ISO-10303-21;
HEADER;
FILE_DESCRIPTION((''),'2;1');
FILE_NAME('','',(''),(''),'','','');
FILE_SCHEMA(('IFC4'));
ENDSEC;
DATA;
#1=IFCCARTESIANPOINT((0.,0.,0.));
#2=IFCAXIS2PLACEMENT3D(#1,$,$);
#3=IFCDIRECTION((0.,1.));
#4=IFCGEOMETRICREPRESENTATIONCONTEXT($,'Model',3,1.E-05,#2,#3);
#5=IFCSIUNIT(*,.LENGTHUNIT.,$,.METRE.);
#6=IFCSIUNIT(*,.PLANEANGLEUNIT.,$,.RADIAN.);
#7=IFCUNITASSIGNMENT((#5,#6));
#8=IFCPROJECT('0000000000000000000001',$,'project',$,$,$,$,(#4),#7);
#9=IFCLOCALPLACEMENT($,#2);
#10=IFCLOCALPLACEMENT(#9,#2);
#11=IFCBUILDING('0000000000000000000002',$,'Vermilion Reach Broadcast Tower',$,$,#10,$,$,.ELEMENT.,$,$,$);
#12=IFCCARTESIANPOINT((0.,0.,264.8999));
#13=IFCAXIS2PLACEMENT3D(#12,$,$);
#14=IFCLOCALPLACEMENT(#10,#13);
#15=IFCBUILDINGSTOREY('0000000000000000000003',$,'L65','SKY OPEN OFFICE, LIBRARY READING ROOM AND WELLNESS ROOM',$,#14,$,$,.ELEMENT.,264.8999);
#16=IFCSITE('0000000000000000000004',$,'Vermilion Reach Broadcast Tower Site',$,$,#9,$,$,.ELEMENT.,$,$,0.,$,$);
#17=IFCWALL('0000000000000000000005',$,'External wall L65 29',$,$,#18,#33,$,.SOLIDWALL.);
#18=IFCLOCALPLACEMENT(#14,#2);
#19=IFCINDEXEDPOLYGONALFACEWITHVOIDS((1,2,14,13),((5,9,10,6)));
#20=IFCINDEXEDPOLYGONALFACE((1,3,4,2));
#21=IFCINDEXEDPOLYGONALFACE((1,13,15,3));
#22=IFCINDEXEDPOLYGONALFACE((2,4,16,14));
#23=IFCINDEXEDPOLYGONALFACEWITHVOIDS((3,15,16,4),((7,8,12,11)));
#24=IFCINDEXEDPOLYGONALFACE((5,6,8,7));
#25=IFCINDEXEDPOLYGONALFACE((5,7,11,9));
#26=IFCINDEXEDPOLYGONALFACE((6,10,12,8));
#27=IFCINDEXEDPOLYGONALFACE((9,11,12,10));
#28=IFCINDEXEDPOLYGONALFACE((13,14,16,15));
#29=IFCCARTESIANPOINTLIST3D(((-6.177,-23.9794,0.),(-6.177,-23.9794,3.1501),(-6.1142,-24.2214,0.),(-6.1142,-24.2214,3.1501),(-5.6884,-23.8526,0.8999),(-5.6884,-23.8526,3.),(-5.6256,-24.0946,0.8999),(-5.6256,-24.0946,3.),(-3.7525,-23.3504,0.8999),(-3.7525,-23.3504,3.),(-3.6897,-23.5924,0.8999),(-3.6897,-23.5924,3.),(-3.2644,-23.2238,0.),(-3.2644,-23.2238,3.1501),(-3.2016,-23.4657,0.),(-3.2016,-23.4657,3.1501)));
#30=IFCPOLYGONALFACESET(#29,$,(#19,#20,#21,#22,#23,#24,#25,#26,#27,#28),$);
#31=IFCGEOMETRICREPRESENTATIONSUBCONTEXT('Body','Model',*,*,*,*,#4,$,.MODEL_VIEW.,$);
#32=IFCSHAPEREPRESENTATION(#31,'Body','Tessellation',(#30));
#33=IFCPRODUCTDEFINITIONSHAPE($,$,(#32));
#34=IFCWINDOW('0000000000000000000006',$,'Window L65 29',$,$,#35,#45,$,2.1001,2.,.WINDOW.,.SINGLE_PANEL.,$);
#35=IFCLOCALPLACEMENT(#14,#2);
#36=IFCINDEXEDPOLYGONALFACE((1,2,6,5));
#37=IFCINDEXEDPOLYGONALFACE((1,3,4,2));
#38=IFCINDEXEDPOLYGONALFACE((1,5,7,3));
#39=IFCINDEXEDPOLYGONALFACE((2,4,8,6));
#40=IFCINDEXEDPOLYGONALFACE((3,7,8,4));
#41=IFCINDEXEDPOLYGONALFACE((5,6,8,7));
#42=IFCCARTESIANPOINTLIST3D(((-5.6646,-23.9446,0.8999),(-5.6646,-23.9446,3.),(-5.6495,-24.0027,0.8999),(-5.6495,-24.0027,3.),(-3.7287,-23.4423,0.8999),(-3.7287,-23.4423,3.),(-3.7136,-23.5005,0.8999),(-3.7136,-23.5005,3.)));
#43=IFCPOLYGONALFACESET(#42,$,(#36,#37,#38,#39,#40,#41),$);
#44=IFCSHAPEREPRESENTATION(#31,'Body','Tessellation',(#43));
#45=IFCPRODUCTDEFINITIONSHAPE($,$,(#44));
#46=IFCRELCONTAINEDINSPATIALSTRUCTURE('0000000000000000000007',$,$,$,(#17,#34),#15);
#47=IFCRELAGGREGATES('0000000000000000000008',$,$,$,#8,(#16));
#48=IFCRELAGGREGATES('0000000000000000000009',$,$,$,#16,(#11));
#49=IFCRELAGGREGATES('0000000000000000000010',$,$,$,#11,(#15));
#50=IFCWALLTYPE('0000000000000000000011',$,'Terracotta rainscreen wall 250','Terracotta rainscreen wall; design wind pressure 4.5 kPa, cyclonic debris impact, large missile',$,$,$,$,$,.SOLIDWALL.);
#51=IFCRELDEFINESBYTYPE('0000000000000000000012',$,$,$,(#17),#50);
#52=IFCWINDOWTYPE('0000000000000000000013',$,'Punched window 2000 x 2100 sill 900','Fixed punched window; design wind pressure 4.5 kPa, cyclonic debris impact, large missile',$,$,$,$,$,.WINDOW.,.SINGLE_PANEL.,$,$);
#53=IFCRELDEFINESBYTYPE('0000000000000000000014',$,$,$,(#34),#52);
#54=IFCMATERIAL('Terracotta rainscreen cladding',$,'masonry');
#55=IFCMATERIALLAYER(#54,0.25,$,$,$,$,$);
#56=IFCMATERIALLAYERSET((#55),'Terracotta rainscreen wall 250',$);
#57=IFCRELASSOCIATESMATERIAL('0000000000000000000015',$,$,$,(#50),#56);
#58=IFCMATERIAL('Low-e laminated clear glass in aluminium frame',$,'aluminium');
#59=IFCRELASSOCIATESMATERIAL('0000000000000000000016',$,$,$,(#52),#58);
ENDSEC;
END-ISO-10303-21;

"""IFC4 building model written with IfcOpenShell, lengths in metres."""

from ifc_helpers import new_model, si_unit, direction, frame, frame_2d, origin, place, context, subcontext, project, spatial, rectangle, extrude, material, layer, layer_set, type_object, element, fill, save


model = new_model("IFC4")

# Units and contexts
model_context = context("Model", 3, precision=1e-05, world=origin(), true_north=direction((0.0, 1.0)))
body_context = subcontext(model_context, "Body", "Model", "MODEL_VIEW")
ifc_project = project(units=[si_unit("LENGTHUNIT", "METRE"), si_unit("PLANEANGLEUNIT", "RADIAN")], contexts=[model_context])

# Site, building, storey
site_placement = place(None, origin())
site = spatial("IfcSite", under=ifc_project, at=site_placement, Name="Vermilion Reach Broadcast Tower Site", CompositionType="ELEMENT", RefElevation=0.0)
building_placement = place(site_placement, origin())
building = spatial("IfcBuilding", under=site, at=building_placement, Name="Vermilion Reach Broadcast Tower", CompositionType="ELEMENT")
storey_placement = place(building_placement, frame((0.0, 0.0, 264.8999)))
storey = spatial("IfcBuildingStorey", under=building, at=storey_placement, Name="L65", Description="SKY OPEN OFFICE, LIBRARY READING ROOM AND WELLNESS ROOM", CompositionType="ELEMENT", Elevation=264.8999)

# Shared definitions
ifc_material_1 = material(Name="Terracotta rainscreen cladding", Category="masonry")
ifc_layer_1 = layer(ifc_material_1, 0.25)
ifc_layer_set_1 = layer_set([ifc_layer_1], Name="Terracotta rainscreen wall 250")
wall_type_1 = type_object("IfcWallType", Name="Terracotta rainscreen wall 250", Description="Terracotta rainscreen wall; design wind pressure 4.5 kPa, cyclonic debris impact, large missile", PredefinedType="SOLIDWALL", material=ifc_layer_set_1)

# Wall, opening, window
ifc_material_2 = material(Name="Low-e laminated clear glass in aluminium frame", Category="aluminium")
window_type = type_object("IfcWindowType", Name="Punched window 2000 x 2100 sill 900", Description="Fixed punched window; design wind pressure 4.5 kPa, cyclonic debris impact, large missile", PartitioningType="SINGLE_PANEL", PredefinedType="WINDOW", material=ifc_material_2)
wall_1_placement = place(storey_placement, frame((-6.1455, -24.1003, 0.0), z_axis=(0.0, 0.0, 1.0), x_axis=(0.967957, 0.251117, 0.0)))
wall_1 = element("IfcWall", 1, at=wall_1_placement, inside=storey, type_object=wall_type_1, Name="External wall L65 29", PredefinedType="SOLIDWALL", context=body_context, shape_type="SweptSolid", body=[
    extrude(rectangle(XDim=3.009, YDim=0.25, at=frame_2d((1.5044, 0.0))), origin(), (0.0, 0.0, 1.0), 3.1501),
])
opening_1_placement = place(wall_1_placement, frame((0.5046, 0.0, 0.8999)))
opening_1 = element("IfcOpeningElement", 2, at=opening_1_placement, cuts=wall_1, PredefinedType="OPENING", context=body_context, shape_type="SweptSolid", body=[
    extrude(rectangle(XDim=2.0, YDim=2.1001, at=frame_2d((1.0, 1.05))), frame((0.0, 0.135, 0.0), z_axis=(0.0, -1.0, 0.0), x_axis=(1.0, 0.0, 0.0)), (0.0, 0.0, 1.0), 0.27),
])
window_1_placement = place(opening_1_placement, origin())
window_1 = element("IfcWindow", 3, at=window_1_placement, inside=storey, type_object=window_type, Name="Window L65 29", OverallHeight=2.1001, OverallWidth=2.0, PartitioningType="SINGLE_PANEL", PredefinedType="WINDOW", context=body_context, shape_type="SweptSolid", body=[
    extrude(rectangle(XDim=2.0, YDim=2.1001, at=frame_2d((1.0, 1.05))), frame((0.0, 0.03, 0.0), z_axis=(0.0, -1.0, 0.0), x_axis=(1.0, 0.0, 0.0)), (0.0, 0.0, 1.0), 0.0601),
])
fill(opening_1, window_1)

save(model, "model.ifc")
